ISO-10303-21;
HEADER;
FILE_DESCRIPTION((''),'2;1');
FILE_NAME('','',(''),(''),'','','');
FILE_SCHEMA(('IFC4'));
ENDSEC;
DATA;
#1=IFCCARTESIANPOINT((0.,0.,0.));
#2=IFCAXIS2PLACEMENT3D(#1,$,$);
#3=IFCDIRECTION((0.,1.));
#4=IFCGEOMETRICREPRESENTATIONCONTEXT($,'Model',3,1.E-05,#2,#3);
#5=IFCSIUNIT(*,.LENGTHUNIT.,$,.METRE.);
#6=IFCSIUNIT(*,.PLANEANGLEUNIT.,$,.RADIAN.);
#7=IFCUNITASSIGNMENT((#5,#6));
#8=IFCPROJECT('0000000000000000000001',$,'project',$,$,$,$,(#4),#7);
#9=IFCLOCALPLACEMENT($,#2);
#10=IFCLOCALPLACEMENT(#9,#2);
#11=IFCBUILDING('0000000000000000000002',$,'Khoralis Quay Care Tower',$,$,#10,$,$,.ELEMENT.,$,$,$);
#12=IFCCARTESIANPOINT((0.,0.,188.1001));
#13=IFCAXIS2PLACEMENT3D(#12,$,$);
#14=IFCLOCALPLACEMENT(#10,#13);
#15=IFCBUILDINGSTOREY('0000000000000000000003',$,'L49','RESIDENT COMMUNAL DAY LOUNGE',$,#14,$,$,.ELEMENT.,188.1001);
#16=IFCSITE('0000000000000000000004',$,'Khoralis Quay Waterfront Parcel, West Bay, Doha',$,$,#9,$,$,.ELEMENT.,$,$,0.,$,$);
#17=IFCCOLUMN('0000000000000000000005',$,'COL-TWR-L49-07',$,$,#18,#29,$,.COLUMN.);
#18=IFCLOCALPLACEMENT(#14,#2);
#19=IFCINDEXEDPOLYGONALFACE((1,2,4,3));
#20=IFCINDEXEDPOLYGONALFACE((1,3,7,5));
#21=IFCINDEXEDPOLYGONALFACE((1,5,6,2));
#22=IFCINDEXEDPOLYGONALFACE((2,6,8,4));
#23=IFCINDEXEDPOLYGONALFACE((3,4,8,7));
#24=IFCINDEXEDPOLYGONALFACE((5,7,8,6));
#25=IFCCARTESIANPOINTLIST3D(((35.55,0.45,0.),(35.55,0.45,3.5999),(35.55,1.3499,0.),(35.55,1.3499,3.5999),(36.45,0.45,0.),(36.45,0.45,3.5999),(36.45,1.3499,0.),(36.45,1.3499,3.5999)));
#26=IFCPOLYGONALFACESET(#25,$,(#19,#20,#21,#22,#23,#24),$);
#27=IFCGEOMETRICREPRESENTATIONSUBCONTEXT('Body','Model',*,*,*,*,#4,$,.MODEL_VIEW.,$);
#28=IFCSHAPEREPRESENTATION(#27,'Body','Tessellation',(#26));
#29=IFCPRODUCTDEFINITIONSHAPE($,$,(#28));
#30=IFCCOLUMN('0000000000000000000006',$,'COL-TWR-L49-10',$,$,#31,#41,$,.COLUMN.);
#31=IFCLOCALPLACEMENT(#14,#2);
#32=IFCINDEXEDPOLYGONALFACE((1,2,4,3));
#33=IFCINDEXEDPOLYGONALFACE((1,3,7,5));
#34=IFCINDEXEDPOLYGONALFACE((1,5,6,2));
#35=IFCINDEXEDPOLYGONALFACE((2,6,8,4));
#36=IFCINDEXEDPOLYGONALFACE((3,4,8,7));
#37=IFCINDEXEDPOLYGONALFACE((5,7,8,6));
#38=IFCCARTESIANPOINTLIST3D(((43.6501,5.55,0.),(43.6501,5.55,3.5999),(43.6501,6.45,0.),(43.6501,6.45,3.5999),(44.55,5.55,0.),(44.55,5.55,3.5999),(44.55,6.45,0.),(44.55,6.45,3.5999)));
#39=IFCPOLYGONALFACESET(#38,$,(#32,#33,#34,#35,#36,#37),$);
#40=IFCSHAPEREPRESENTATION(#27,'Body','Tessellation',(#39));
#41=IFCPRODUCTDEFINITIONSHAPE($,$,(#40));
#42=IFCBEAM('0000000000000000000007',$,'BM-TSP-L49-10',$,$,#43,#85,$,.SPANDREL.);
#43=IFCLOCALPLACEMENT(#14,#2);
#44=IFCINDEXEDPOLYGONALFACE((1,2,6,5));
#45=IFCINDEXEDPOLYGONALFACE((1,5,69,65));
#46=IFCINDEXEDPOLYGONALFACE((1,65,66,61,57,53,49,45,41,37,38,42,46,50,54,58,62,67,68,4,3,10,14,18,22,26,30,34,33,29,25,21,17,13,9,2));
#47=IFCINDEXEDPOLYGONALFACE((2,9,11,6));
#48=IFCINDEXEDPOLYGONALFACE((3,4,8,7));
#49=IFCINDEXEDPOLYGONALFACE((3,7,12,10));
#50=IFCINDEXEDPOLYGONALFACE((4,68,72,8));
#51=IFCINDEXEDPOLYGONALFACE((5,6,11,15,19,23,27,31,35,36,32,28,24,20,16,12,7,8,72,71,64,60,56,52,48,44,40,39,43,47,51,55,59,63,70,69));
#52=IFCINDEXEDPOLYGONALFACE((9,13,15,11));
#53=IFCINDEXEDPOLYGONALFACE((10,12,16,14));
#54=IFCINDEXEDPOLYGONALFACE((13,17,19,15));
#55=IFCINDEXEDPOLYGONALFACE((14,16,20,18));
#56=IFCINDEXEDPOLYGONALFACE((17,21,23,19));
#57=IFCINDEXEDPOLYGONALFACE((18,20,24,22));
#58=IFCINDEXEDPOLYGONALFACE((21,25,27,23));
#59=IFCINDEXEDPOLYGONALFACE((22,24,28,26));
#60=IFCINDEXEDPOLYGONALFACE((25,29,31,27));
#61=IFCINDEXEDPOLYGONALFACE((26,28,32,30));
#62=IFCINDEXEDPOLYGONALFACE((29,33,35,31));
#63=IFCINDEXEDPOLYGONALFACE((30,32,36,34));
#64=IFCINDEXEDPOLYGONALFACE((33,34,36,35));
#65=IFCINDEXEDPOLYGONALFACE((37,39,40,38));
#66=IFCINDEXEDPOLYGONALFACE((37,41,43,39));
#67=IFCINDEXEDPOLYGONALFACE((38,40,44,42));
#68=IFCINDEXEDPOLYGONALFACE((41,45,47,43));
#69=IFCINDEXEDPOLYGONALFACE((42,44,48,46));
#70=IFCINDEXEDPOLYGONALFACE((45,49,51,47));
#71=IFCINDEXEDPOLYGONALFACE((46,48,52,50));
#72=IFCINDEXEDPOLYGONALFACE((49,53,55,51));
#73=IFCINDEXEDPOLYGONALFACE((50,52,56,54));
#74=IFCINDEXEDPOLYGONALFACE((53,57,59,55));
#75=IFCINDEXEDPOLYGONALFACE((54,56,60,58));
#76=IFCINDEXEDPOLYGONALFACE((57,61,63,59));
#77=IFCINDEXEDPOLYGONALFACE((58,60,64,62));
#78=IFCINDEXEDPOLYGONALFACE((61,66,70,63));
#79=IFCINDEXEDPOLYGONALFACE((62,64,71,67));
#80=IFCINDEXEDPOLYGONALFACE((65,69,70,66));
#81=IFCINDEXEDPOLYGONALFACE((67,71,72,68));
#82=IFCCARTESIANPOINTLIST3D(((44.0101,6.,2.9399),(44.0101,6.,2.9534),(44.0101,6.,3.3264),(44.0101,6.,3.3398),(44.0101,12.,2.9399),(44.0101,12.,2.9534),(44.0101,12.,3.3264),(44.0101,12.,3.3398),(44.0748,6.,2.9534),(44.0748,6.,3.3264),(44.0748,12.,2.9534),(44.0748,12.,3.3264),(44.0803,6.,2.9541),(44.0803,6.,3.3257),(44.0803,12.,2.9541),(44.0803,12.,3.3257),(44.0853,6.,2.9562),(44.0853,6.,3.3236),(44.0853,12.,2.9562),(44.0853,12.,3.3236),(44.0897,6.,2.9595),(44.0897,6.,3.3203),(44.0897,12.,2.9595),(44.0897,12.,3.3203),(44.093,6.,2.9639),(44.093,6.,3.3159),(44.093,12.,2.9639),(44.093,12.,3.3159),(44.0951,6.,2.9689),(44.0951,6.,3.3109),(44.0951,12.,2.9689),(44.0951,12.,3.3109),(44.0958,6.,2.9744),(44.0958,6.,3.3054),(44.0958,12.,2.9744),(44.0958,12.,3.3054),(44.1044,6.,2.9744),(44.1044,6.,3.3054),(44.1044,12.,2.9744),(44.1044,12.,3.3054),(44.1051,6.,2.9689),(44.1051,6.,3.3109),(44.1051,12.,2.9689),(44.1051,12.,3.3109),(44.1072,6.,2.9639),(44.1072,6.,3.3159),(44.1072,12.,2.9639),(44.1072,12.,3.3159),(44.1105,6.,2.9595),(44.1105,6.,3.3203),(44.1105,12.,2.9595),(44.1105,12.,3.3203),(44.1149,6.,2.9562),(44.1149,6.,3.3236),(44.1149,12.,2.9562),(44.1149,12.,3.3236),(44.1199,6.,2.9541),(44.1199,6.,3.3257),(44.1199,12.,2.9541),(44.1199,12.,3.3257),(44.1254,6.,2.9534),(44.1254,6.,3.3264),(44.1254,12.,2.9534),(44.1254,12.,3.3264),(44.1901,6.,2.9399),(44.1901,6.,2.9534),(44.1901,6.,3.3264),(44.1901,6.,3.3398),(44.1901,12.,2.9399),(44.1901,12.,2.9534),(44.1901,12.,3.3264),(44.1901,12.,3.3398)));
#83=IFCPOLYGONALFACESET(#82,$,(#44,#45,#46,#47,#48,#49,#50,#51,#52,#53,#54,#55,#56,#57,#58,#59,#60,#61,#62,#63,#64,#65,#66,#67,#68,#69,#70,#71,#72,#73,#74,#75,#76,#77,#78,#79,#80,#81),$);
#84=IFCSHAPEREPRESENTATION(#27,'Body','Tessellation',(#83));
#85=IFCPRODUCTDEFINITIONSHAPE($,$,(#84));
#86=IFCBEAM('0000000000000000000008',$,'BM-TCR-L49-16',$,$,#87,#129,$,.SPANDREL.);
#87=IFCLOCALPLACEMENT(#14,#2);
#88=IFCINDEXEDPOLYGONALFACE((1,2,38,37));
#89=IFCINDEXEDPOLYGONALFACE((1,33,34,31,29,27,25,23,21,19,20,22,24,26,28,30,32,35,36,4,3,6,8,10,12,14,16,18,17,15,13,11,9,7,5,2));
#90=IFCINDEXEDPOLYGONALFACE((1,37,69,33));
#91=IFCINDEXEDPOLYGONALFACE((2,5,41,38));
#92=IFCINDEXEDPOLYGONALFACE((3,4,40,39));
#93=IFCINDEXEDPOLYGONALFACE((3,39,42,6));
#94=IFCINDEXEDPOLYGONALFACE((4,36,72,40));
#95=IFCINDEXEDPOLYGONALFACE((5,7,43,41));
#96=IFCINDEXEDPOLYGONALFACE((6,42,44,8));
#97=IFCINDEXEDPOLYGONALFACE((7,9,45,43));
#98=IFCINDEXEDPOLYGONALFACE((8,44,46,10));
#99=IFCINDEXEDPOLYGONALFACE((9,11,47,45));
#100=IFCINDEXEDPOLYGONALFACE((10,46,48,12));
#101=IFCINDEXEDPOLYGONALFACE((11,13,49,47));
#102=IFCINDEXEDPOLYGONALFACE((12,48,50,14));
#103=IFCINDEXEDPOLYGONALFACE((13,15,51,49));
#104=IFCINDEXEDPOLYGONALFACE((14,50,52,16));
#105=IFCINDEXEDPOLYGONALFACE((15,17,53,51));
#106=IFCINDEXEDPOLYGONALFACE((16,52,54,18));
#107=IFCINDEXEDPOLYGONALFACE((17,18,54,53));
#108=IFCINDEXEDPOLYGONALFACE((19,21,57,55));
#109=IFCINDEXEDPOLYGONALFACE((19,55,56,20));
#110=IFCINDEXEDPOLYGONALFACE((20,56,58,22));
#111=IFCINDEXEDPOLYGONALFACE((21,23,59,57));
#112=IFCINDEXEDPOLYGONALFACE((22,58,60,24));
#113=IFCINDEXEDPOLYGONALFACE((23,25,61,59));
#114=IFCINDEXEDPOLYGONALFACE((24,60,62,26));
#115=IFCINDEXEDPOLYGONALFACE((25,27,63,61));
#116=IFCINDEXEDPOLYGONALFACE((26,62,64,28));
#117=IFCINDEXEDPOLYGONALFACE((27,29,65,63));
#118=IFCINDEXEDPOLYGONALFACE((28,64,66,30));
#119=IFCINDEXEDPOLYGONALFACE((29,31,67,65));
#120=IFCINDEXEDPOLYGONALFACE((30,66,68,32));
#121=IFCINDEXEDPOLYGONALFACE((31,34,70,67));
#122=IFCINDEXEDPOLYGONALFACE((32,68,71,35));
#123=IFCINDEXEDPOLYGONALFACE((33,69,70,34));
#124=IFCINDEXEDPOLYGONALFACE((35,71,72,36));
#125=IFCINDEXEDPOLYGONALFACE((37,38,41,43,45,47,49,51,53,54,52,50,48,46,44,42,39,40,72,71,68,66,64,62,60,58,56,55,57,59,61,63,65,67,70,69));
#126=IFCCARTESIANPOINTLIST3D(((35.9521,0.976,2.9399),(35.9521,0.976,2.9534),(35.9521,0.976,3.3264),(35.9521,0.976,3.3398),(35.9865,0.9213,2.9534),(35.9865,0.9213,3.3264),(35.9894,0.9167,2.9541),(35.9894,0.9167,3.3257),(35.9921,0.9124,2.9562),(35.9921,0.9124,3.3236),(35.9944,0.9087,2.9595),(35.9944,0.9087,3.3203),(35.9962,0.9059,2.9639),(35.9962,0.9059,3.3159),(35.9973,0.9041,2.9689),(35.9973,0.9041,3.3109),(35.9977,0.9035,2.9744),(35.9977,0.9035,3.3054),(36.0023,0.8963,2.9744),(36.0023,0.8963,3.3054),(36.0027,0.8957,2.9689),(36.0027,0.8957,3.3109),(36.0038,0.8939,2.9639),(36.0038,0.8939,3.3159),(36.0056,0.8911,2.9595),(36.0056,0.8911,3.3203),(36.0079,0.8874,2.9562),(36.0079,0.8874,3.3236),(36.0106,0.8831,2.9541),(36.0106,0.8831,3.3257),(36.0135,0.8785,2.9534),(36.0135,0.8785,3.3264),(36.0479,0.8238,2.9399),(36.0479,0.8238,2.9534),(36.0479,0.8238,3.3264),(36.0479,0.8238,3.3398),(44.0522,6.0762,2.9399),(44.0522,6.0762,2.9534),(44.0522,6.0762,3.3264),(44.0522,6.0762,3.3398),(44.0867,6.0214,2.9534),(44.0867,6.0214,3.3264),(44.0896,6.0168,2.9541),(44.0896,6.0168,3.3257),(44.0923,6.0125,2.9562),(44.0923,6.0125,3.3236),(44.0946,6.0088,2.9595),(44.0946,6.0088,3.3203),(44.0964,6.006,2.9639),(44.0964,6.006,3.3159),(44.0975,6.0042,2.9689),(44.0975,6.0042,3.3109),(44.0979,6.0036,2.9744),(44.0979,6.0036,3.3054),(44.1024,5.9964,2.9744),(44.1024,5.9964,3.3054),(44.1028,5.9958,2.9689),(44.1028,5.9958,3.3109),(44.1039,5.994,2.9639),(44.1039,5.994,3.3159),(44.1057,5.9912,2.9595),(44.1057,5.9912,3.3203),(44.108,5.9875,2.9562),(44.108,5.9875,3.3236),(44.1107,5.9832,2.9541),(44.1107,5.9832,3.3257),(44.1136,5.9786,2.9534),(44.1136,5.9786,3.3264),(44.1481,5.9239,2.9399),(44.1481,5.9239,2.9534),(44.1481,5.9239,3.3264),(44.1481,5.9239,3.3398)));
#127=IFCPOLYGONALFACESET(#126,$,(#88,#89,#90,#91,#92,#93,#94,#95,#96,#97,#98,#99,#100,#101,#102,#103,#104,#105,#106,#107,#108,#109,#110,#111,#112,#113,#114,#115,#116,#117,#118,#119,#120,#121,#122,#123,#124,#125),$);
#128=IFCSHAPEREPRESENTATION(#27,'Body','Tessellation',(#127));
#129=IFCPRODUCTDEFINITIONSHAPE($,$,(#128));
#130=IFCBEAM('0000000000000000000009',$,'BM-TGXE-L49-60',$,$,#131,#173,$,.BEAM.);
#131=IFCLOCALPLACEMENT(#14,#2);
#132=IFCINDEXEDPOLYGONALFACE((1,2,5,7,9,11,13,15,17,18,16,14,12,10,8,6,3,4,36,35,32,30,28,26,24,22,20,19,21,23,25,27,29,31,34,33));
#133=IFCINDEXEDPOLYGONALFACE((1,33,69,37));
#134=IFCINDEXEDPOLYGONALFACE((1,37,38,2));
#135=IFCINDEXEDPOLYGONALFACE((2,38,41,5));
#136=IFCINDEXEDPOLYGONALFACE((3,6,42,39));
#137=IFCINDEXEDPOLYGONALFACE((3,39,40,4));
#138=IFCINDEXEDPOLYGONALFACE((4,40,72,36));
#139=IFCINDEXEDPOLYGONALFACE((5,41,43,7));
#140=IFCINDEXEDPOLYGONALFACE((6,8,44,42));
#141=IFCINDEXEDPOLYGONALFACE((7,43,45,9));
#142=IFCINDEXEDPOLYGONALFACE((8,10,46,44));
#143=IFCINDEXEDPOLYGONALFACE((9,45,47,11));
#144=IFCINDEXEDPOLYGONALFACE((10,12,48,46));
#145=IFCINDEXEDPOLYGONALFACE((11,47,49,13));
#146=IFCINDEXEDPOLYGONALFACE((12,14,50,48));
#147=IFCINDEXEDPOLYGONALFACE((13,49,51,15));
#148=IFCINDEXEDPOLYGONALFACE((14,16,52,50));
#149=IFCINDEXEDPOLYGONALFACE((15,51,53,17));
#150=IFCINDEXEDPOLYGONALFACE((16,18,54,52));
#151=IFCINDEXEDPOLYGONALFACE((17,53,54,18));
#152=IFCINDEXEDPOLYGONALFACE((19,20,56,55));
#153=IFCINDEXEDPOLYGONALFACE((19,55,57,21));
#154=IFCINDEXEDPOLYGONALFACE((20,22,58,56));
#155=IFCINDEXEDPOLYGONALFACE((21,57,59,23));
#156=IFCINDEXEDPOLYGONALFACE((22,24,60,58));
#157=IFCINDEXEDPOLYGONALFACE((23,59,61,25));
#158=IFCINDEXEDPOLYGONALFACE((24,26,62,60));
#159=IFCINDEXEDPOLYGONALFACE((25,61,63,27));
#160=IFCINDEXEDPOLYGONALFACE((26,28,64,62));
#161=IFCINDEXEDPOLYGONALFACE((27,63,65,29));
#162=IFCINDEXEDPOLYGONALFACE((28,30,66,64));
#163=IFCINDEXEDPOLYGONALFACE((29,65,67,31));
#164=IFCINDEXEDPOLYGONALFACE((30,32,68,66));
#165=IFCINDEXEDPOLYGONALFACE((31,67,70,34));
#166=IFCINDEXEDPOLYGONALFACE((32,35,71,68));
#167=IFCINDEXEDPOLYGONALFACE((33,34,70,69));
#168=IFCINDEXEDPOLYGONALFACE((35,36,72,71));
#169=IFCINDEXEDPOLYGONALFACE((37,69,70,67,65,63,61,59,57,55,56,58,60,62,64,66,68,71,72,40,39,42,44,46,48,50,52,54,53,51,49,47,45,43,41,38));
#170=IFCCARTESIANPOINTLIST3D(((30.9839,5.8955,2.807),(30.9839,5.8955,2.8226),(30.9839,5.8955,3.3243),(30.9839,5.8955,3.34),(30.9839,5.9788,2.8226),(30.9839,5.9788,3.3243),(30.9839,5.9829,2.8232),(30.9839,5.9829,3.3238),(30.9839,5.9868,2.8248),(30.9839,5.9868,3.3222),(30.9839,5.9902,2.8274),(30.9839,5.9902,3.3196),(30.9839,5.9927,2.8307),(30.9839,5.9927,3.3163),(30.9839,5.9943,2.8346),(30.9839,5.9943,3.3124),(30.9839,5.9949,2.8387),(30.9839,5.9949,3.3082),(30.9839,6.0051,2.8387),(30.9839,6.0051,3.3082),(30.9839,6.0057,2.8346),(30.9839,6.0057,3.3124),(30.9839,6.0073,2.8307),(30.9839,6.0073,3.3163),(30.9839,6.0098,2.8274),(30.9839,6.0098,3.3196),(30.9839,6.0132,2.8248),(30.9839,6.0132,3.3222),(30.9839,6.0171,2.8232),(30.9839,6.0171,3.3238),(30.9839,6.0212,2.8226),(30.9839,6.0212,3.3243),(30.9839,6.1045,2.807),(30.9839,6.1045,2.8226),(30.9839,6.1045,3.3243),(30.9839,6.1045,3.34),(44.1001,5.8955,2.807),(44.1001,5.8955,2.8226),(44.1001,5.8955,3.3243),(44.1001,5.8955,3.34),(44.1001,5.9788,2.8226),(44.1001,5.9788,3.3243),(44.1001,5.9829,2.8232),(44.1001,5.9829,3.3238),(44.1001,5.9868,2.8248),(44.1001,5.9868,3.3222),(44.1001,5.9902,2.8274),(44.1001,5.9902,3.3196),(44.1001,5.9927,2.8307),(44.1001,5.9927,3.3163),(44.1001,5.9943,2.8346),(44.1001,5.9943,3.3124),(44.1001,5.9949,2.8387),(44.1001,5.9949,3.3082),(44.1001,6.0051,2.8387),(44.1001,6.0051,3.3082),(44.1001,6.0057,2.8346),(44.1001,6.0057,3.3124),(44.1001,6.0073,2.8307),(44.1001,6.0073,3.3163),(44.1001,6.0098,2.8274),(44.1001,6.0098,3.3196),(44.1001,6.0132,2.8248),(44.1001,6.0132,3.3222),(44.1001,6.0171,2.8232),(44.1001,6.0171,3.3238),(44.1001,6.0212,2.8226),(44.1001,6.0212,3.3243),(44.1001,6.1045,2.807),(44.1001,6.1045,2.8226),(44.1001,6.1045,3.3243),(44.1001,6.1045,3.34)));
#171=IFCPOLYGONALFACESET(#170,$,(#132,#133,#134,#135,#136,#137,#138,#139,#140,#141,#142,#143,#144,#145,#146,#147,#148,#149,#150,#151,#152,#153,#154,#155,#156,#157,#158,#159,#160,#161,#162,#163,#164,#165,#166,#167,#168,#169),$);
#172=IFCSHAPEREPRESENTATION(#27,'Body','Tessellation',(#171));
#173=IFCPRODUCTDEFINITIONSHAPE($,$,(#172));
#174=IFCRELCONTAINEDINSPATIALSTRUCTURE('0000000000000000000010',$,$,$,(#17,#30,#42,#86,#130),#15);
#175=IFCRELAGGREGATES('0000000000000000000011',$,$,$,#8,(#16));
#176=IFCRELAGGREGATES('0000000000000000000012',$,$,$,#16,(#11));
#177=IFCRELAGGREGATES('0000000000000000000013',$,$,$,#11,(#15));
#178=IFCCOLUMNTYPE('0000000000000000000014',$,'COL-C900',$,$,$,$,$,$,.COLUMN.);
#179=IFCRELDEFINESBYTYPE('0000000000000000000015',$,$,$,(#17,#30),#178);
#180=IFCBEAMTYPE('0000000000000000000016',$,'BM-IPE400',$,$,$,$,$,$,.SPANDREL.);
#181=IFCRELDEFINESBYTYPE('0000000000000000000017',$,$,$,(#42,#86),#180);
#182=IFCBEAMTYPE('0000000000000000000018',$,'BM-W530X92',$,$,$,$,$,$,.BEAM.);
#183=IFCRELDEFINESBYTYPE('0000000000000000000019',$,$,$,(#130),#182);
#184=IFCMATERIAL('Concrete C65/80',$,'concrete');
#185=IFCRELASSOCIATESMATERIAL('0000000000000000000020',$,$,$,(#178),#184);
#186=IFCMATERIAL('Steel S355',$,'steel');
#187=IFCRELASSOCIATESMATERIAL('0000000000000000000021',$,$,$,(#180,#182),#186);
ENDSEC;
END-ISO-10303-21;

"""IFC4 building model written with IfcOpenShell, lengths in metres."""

from ifc_helpers import new_model, si_unit, direction, frame, origin, origin_2d, place, context, subcontext, project, spatial, rectangle, i_section, extrude, source, transform, mapped, material, material_profile, profile_set, type_object, element, save


model = new_model("IFC4")

# Units and contexts
model_context = context("Model", 3, precision=1e-05, world=origin(), true_north=direction((0.0, 1.0)))
body_context = subcontext(model_context, "Body", "Model", "MODEL_VIEW")
ifc_project = project(units=[si_unit("LENGTHUNIT", "METRE"), si_unit("PLANEANGLEUNIT", "RADIAN")], contexts=[model_context])

# Site, building, storey
site_placement = place(None, origin())
site = spatial("IfcSite", under=ifc_project, at=site_placement, Name="Khoralis Quay Waterfront Parcel, West Bay, Doha", CompositionType="ELEMENT", RefElevation=0.0)
building_placement = place(site_placement, origin())
building = spatial("IfcBuilding", under=site, at=building_placement, Name="Khoralis Quay Care Tower", CompositionType="ELEMENT")
storey_placement = place(building_placement, frame((0.0, 0.0, 188.1001)))
storey = spatial("IfcBuildingStorey", under=building, at=storey_placement, Name="L49", Description="RESIDENT COMMUNAL DAY LOUNGE", CompositionType="ELEMENT", Elevation=188.1001)

# Columns
ifc_material_1 = material(Name="Concrete C65/80", Category="concrete")
ifc_material_profile_1 = material_profile(ifc_material_1, rectangle(XDim=0.8999, YDim=0.8999, at=origin_2d()), Name="Concrete C65/80")
ifc_profile_set_1 = profile_set([ifc_material_profile_1], Name="Concrete C65/80")
column_type = type_object("IfcColumnType", Name="COL-C900", PredefinedType="COLUMN", material=ifc_profile_set_1)
shared_shape_1 = source(origin(), body_context, "Body", "SweptSolid", [
    extrude(rectangle(XDim=0.8999, YDim=0.8999, at=origin_2d()), origin(), (0.0, 0.0, 1.0), 3.5999),
])
for number, where, z_axis, x_axis, name in (
    (1, (36.0, 0.8999, 0.0), (0.0, 0.0, 1.0), (1.0, 0.0, 0.0), "COL-TWR-L49-07"),
    (2, (44.1001, 6.0, 0.0), (0.0, 0.0, 1.0), (1.0, 0.0, 0.0), "COL-TWR-L49-10"),
):
    element("IfcColumn", number, at=place(storey_placement, frame(where, z_axis=z_axis, x_axis=x_axis)), inside=storey, type_object=column_type, Name=name, PredefinedType="COLUMN", context=body_context, shape_type="MappedRepresentation", body=[
        mapped(shared_shape_1, transform((0.0, 0.0, 0.0), scale=1.0)),
    ])

# Beams
ifc_material_2 = material(Name="Steel S355", Category="steel")
ifc_material_profile_2 = material_profile(ifc_material_2, i_section(OverallWidth=0.1799, OverallDepth=0.3999, WebThickness=0.0085, FlangeThickness=0.0134, FilletRadius=0.021, at=origin_2d()), Name="Steel S355")
ifc_profile_set_2 = profile_set([ifc_material_profile_2], Name="Steel S355")
beam_type_1 = type_object("IfcBeamType", Name="BM-IPE400", PredefinedType="SPANDREL", material=ifc_profile_set_2)
shared_shape_2 = source(origin(), body_context, "Body", "SweptSolid", [
    extrude(i_section(OverallWidth=0.1799, OverallDepth=0.3999, WebThickness=0.0085, FlangeThickness=0.0134, FilletRadius=0.021, at=origin_2d()), origin(), (0.0, 0.0, 1.0), 6.0),
])
beam_1_placement = place(storey_placement, frame((44.1001, 6.0, 3.1399), z_axis=(0.0, 1.0, 0.0), x_axis=(-1.0, 0.0, 0.0)))
element("IfcBeam", 3, at=beam_1_placement, inside=storey, type_object=beam_type_1, Name="BM-TSP-L49-10", PredefinedType="SPANDREL", context=body_context, shape_type="MappedRepresentation", body=[
    mapped(shared_shape_2, transform((0.0, 0.0, 0.0), scale=1.0)),
])
shared_shape_3 = source(origin(), body_context, "Body", "SweptSolid", [
    extrude(i_section(OverallWidth=0.1799, OverallDepth=0.3999, WebThickness=0.0085, FlangeThickness=0.0134, FilletRadius=0.021, at=origin_2d()), origin(), (0.0, 0.0, 1.0), 9.572),
])
beam_2_placement = place(storey_placement, frame((36.0, 0.8999, 3.1399), z_axis=(0.846231, 0.532816, 0.0), x_axis=(-0.532816, 0.846231, 0.0)))
element("IfcBeam", 4, at=beam_2_placement, inside=storey, type_object=beam_type_1, Name="BM-TCR-L49-16", PredefinedType="SPANDREL", context=body_context, shape_type="MappedRepresentation", body=[
    mapped(shared_shape_3, transform((0.0, 0.0, 0.0), scale=1.0)),
])
ifc_material_profile_3 = material_profile(ifc_material_2, i_section(OverallWidth=0.209, OverallDepth=0.533, WebThickness=0.0103, FlangeThickness=0.0156, FilletRadius=0.0161, at=origin_2d()), Name="Steel S355")
ifc_profile_set_3 = profile_set([ifc_material_profile_3], Name="Steel S355")
beam_type_2 = type_object("IfcBeamType", Name="BM-W530X92", PredefinedType="BEAM", material=ifc_profile_set_3)
shared_shape_4 = source(origin(), body_context, "Body", "SweptSolid", [
    extrude(i_section(OverallWidth=0.209, OverallDepth=0.533, WebThickness=0.0103, FlangeThickness=0.0156, FilletRadius=0.0161, at=origin_2d()), origin(), (0.0, 0.0, 1.0), 13.1162),
])
beam_3_placement = place(storey_placement, frame((30.9839, 6.0, 3.0735), z_axis=(1.0, 0.0, 0.0), x_axis=(0.0, 1.0, 0.0)))
element("IfcBeam", 5, at=beam_3_placement, inside=storey, type_object=beam_type_2, Name="BM-TGXE-L49-60", PredefinedType="BEAM", context=body_context, shape_type="MappedRepresentation", body=[
    mapped(shared_shape_4, transform((0.0, 0.0, 0.0), scale=1.0)),
])

save(model, "model.ifc")
